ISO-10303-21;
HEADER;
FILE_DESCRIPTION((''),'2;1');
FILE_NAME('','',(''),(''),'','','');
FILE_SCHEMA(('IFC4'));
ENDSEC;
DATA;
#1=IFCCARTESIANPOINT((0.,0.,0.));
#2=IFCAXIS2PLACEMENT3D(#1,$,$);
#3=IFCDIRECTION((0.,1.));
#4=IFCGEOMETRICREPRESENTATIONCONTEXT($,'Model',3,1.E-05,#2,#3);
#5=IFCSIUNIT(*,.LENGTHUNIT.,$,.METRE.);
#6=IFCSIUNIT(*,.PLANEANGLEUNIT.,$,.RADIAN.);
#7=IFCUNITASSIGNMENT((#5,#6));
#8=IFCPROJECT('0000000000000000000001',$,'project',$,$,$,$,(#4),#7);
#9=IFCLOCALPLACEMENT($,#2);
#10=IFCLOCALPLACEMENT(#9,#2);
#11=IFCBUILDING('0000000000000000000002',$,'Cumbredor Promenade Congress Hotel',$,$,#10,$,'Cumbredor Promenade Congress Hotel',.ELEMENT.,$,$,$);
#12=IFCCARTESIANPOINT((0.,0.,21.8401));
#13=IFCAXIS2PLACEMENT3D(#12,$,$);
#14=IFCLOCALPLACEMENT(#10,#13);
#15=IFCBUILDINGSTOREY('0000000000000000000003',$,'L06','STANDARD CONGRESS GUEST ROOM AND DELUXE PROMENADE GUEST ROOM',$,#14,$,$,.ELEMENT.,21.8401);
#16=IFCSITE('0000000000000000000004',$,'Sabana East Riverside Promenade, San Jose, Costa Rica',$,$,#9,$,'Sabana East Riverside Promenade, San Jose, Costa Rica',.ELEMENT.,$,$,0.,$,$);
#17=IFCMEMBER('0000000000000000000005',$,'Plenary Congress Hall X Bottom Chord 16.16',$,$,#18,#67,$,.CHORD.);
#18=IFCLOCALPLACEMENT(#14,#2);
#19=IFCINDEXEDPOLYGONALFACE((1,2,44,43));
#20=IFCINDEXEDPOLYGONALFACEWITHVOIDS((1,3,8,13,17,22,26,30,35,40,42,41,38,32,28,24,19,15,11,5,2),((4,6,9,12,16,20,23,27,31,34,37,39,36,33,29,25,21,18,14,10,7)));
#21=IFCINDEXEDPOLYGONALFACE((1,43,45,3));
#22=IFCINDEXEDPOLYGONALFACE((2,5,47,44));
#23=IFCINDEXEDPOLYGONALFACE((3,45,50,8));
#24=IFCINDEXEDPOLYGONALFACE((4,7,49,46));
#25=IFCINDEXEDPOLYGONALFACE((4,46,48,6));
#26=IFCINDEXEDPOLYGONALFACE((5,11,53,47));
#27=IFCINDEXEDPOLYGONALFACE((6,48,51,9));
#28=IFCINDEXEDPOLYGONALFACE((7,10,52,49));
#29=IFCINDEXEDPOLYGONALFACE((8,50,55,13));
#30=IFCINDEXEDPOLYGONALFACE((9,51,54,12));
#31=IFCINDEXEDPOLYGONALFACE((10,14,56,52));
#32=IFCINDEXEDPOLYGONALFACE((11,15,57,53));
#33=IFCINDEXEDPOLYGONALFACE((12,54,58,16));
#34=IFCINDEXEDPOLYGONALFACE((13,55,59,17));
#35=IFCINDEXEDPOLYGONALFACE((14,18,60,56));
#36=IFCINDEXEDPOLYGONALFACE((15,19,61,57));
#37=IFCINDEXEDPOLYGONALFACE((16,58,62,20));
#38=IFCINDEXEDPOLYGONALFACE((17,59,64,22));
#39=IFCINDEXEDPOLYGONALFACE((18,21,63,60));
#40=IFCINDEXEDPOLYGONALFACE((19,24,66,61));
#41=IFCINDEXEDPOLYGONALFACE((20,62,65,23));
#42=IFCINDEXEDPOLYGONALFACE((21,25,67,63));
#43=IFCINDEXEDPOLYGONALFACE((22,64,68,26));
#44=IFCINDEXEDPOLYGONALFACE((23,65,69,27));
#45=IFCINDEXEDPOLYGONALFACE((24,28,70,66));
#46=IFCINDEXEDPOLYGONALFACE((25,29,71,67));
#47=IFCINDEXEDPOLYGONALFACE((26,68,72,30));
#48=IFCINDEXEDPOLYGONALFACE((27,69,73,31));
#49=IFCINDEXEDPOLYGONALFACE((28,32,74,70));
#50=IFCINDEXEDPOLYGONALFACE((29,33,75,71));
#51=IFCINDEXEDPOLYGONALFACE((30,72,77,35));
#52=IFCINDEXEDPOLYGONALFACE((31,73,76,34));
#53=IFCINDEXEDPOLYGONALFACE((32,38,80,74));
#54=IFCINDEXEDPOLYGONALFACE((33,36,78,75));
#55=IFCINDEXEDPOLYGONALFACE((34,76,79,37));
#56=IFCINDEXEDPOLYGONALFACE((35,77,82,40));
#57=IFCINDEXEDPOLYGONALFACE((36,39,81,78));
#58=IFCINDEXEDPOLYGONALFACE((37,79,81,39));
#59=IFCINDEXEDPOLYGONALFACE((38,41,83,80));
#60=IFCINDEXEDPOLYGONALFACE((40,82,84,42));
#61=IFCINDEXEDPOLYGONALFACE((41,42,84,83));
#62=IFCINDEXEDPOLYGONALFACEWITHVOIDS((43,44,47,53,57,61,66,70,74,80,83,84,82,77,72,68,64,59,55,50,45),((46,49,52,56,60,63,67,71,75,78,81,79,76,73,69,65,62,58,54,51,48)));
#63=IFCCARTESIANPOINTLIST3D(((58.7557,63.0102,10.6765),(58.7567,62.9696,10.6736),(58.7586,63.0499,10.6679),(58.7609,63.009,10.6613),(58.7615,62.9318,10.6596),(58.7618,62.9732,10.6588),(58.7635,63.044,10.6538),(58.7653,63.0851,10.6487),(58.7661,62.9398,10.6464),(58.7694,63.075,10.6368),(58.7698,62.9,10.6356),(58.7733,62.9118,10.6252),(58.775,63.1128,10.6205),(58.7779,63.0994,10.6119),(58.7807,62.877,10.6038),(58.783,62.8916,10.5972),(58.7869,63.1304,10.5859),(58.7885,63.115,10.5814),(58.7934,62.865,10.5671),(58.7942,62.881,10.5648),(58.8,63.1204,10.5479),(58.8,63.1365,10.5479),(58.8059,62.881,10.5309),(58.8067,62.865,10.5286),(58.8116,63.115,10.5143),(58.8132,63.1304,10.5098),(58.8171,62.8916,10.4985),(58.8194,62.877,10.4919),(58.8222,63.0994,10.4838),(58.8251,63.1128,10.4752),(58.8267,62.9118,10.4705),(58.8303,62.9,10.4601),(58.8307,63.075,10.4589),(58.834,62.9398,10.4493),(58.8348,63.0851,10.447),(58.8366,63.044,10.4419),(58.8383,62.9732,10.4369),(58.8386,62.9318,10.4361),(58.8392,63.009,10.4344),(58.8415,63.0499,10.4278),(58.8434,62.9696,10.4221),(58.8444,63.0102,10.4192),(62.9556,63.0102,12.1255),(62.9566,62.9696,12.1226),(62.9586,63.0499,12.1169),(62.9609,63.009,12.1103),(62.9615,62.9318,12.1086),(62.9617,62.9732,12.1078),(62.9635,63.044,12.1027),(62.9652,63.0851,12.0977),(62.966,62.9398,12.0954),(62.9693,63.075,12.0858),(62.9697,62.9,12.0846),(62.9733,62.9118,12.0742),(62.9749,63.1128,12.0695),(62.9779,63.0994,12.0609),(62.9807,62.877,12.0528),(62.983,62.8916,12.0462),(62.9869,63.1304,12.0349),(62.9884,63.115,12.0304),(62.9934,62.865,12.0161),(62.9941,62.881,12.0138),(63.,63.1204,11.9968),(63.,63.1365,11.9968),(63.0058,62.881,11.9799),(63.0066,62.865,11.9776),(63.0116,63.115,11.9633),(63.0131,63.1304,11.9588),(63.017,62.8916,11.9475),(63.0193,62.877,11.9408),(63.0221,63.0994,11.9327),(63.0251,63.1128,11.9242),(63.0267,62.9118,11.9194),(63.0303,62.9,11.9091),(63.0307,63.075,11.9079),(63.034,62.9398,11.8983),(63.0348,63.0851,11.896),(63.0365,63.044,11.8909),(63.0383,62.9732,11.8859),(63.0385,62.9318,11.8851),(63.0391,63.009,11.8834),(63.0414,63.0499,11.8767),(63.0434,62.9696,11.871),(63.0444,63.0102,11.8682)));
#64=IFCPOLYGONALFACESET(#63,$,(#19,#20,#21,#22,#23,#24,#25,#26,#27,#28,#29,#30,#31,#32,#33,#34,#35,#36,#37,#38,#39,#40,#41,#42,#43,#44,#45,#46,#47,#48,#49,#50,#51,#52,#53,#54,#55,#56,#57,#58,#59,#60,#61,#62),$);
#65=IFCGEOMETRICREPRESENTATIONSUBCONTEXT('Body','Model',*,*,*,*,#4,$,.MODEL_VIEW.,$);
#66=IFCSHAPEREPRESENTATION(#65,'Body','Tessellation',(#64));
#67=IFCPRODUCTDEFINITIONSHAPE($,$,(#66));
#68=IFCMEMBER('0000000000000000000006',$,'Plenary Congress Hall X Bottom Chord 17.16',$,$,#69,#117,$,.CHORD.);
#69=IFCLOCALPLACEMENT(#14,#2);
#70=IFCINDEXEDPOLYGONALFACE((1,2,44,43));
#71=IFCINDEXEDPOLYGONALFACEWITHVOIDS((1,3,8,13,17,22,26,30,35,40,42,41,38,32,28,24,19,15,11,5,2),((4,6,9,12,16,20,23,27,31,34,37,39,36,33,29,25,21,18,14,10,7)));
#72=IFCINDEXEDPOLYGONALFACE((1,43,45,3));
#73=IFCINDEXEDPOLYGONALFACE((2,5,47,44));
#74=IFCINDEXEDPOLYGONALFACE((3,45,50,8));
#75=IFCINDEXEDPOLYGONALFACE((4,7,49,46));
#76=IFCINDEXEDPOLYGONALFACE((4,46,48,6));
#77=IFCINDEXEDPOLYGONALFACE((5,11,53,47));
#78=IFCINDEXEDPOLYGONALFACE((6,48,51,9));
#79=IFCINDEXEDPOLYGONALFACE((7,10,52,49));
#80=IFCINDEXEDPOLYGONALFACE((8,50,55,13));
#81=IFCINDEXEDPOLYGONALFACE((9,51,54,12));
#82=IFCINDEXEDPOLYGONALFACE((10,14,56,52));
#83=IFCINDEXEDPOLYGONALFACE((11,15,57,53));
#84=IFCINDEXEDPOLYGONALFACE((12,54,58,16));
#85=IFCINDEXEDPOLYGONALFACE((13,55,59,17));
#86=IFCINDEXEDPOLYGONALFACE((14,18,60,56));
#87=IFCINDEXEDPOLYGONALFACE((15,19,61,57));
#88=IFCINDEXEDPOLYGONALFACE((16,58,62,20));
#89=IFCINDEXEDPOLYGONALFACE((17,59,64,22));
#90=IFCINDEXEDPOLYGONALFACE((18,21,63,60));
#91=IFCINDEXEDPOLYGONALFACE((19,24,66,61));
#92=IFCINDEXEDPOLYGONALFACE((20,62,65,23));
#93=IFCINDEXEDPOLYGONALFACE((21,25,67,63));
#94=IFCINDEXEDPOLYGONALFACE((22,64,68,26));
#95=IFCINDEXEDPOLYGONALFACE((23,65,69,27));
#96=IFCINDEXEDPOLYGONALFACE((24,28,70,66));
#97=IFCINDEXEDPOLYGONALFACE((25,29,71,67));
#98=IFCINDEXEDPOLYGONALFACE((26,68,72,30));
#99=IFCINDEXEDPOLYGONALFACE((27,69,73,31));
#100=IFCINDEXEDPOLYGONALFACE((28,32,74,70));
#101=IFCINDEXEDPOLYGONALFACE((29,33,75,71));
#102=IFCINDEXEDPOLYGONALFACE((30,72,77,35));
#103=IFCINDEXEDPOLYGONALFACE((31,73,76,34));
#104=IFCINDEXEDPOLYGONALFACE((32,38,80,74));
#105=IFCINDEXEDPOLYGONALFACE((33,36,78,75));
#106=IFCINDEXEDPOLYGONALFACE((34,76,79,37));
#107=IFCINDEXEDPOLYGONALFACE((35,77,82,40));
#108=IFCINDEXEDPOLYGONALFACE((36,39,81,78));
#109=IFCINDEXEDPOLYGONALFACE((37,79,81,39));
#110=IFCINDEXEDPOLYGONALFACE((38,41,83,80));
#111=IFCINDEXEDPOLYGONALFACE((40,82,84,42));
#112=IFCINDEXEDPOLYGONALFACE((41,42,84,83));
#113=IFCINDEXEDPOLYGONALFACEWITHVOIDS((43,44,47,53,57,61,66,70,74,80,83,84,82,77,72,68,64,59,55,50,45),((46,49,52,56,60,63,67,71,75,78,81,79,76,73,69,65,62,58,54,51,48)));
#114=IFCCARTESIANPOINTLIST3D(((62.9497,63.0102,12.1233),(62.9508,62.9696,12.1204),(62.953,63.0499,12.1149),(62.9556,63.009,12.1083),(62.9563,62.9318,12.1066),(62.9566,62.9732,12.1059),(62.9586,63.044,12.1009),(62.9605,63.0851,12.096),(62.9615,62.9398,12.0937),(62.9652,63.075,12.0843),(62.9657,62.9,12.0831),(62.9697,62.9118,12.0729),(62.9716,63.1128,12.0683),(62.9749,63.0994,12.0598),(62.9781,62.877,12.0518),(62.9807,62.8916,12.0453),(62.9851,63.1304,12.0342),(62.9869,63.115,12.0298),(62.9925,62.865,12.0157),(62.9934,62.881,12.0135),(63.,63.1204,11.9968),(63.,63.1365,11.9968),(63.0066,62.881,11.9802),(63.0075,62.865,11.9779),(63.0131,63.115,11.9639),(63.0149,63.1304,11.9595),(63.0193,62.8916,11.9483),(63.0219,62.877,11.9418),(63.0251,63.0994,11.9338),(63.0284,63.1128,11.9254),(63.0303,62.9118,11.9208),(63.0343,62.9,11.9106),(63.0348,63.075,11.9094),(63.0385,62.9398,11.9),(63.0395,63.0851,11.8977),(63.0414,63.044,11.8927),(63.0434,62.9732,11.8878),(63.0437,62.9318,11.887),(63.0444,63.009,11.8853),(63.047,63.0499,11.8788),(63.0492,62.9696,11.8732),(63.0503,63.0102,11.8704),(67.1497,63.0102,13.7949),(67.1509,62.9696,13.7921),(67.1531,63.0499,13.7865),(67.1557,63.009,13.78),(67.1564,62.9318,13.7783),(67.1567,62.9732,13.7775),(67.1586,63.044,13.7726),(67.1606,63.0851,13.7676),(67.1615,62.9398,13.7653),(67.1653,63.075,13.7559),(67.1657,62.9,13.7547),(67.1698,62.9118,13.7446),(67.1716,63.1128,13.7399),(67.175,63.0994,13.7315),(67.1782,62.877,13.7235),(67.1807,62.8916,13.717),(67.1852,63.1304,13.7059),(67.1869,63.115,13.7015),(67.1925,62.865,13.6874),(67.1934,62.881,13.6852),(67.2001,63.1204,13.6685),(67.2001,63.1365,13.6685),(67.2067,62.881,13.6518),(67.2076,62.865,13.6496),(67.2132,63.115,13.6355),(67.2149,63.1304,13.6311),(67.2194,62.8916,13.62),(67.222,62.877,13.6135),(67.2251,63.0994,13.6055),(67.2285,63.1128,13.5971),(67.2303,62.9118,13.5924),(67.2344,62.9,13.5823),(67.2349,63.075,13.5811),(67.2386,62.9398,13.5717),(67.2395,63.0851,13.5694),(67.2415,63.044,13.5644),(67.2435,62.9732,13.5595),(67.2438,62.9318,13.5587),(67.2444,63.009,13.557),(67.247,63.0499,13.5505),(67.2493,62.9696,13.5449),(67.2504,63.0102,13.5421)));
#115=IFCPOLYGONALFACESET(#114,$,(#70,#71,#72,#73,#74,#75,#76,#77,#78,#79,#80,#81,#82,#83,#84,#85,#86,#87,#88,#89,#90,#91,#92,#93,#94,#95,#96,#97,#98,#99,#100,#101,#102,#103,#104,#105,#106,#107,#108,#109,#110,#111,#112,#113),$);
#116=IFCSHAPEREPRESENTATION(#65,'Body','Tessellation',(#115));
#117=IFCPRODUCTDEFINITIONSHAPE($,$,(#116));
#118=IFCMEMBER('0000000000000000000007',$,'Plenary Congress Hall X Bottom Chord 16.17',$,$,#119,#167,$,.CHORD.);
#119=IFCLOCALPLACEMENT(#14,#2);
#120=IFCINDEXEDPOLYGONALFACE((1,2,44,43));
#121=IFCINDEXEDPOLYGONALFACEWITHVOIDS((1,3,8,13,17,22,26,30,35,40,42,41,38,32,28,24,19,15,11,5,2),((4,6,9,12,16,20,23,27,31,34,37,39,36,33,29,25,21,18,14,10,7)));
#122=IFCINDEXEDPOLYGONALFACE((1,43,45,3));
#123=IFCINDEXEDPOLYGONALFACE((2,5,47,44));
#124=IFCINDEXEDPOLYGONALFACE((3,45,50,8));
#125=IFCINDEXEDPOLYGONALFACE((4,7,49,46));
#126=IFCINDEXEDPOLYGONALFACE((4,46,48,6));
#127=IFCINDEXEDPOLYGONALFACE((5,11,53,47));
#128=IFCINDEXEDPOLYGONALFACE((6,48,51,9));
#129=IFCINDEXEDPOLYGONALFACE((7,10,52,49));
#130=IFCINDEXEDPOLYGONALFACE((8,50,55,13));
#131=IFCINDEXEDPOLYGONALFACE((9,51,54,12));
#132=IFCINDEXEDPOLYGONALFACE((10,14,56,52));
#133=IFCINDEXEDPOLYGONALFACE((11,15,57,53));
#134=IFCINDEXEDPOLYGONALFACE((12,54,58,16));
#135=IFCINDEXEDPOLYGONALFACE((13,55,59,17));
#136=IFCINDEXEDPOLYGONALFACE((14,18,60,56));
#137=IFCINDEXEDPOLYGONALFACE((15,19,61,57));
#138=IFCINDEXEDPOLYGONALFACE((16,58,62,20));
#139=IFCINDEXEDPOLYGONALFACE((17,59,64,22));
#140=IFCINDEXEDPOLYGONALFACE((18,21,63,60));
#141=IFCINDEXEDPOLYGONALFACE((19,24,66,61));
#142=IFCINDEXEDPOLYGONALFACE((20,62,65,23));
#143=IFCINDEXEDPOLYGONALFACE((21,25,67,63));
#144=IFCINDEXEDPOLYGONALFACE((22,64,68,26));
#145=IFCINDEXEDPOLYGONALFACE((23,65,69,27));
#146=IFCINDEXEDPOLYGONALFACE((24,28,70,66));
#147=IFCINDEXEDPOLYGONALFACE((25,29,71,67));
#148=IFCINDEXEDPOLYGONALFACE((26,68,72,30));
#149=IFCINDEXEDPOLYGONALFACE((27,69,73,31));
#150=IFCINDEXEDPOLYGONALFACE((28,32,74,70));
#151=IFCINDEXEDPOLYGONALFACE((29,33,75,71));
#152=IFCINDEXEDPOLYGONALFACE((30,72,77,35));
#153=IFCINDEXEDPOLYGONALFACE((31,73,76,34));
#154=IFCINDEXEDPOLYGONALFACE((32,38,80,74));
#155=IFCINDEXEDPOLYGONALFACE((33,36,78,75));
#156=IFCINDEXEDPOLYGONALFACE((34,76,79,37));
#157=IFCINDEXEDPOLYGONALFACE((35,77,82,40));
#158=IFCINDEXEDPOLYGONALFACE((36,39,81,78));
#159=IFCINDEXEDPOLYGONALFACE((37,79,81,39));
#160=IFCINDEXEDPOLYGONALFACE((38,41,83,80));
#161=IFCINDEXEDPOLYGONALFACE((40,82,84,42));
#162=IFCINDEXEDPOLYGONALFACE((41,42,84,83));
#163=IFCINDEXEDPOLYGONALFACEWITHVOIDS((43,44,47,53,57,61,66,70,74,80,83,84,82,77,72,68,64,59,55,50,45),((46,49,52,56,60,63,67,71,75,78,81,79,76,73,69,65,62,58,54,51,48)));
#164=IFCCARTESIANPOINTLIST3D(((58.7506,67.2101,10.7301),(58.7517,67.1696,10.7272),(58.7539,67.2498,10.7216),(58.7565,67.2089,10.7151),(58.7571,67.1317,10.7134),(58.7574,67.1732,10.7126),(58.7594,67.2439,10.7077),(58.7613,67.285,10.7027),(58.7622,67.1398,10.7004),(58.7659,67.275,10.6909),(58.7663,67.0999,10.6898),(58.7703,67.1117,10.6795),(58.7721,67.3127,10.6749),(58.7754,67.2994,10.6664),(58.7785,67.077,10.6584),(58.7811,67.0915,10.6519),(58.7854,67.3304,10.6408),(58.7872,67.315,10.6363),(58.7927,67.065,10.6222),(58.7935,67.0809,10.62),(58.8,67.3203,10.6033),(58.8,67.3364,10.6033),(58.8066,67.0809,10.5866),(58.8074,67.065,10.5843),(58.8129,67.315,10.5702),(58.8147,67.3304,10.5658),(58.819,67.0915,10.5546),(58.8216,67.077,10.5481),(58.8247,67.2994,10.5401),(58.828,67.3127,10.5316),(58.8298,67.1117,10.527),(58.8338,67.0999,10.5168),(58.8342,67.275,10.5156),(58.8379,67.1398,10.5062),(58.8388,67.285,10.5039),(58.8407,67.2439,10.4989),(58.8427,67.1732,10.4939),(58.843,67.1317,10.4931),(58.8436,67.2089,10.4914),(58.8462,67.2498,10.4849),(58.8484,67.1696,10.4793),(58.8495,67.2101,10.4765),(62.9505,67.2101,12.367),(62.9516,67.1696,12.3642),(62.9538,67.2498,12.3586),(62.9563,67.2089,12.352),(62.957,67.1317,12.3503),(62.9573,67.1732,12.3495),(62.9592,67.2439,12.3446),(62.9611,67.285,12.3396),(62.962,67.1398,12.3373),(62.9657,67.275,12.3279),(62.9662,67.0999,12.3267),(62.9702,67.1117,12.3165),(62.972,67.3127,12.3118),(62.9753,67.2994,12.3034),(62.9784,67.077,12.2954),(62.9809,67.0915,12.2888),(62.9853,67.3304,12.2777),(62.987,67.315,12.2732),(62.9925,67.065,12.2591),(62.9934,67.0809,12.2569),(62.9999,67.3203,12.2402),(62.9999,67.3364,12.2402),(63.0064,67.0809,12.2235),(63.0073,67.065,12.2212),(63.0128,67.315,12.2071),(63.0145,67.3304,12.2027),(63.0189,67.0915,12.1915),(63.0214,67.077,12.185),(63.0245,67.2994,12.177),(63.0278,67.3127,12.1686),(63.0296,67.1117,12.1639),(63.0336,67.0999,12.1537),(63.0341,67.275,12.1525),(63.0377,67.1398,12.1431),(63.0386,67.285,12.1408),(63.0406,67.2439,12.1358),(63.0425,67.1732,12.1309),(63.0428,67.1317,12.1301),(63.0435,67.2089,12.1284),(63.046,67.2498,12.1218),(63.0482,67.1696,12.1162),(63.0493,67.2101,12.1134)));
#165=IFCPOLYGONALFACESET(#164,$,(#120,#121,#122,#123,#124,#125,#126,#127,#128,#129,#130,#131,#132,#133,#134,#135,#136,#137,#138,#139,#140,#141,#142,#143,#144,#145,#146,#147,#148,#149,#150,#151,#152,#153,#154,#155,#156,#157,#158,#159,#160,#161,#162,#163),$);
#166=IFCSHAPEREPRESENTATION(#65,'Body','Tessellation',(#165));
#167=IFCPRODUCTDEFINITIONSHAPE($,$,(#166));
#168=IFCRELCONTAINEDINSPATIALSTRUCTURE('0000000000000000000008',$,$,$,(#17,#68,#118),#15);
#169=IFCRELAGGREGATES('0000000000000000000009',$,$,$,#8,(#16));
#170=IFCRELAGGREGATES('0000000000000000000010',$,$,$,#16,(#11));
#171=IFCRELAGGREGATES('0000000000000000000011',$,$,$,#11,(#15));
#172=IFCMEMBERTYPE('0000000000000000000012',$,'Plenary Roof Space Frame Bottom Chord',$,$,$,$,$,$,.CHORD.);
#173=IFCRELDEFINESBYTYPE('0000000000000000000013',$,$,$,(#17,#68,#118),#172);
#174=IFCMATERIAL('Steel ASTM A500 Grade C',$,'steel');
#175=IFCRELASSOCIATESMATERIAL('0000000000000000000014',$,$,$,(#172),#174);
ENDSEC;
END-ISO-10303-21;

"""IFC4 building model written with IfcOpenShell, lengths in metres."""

from ifc_helpers import new_model, si_unit, direction, frame, origin, origin_2d, place, context, subcontext, project, spatial, hollow_circle, extrude, material, material_profile, profile_set, type_object, element, save


model = new_model("IFC4")

# Units and contexts
model_context = context("Model", 3, precision=1e-05, world=origin(), true_north=direction((0.0, 1.0)))
body_context = subcontext(model_context, "Body", "Model", "MODEL_VIEW")
ifc_project = project(units=[si_unit("LENGTHUNIT", "METRE"), si_unit("PLANEANGLEUNIT", "RADIAN")], contexts=[model_context])

# Site, building, storey
site_placement = place(None, origin())
site = spatial("IfcSite", under=ifc_project, at=site_placement, Name="Sabana East Riverside Promenade, San Jose, Costa Rica", LongName="Sabana East Riverside Promenade, San Jose, Costa Rica", CompositionType="ELEMENT", RefElevation=0.0)
building_placement = place(site_placement, origin())
building = spatial("IfcBuilding", under=site, at=building_placement, Name="Cumbredor Promenade Congress Hotel", LongName="Cumbredor Promenade Congress Hotel", CompositionType="ELEMENT")
storey_placement = place(building_placement, frame((0.0, 0.0, 21.8401)))
storey = spatial("IfcBuildingStorey", under=building, at=storey_placement, Name="L06", Description="STANDARD CONGRESS GUEST ROOM AND DELUXE PROMENADE GUEST ROOM", CompositionType="ELEMENT", Elevation=21.8401)

# Members
ifc_material_1 = material(Name="Steel ASTM A500 Grade C", Category="steel")
ifc_material_profile_1 = material_profile(ifc_material_1, hollow_circle(Radius=0.1365, WallThickness=0.0161, at=origin_2d()), Name="CHS 273.0x16")
ifc_profile_set_1 = profile_set([ifc_material_profile_1], Name="Steel ASTM A500 Grade C")
member_type_1 = type_object("IfcMemberType", Name="Plenary Roof Space Frame Bottom Chord", PredefinedType="CHORD", material=ifc_profile_set_1)
member_1_placement = place(storey_placement, frame((58.8, 63.0, 10.5479), z_axis=(0.945323, 0.0, 0.326135), x_axis=(0.0, 1.0, 0.0)))
element("IfcMember", 1, at=member_1_placement, inside=storey, type_object=member_type_1, Name="Plenary Congress Hall X Bottom Chord 16.16", PredefinedType="CHORD", context=body_context, shape_type="SweptSolid", body=[
    extrude(hollow_circle(Radius=0.1365, WallThickness=0.0161, at=origin_2d()), origin(), (0.0, 0.0, 1.0), 4.4429),
])
member_2_placement = place(storey_placement, frame((63.0, 63.0, 11.9968), z_axis=(0.929112, 0.0, 0.369798), x_axis=(0.0, 1.0, 0.0)))
element("IfcMember", 2, at=member_2_placement, inside=storey, type_object=member_type_1, Name="Plenary Congress Hall X Bottom Chord 17.16", PredefinedType="CHORD", context=body_context, shape_type="SweptSolid", body=[
    extrude(hollow_circle(Radius=0.1365, WallThickness=0.0161, at=origin_2d()), origin(), (0.0, 0.0, 1.0), 4.5205),
])
member_3_placement = place(storey_placement, frame((58.8, 67.2, 10.6033), z_axis=(0.931731, 0.0, 0.363149), x_axis=(0.0, 1.0, 0.0)))
element("IfcMember", 3, at=member_3_placement, inside=storey, type_object=member_type_1, Name="Plenary Congress Hall X Bottom Chord 16.17", PredefinedType="CHORD", context=body_context, shape_type="SweptSolid", body=[
    extrude(hollow_circle(Radius=0.1365, WallThickness=0.0161, at=origin_2d()), origin(), (0.0, 0.0, 1.0), 4.5076),
])

save(model, "model.ifc")
